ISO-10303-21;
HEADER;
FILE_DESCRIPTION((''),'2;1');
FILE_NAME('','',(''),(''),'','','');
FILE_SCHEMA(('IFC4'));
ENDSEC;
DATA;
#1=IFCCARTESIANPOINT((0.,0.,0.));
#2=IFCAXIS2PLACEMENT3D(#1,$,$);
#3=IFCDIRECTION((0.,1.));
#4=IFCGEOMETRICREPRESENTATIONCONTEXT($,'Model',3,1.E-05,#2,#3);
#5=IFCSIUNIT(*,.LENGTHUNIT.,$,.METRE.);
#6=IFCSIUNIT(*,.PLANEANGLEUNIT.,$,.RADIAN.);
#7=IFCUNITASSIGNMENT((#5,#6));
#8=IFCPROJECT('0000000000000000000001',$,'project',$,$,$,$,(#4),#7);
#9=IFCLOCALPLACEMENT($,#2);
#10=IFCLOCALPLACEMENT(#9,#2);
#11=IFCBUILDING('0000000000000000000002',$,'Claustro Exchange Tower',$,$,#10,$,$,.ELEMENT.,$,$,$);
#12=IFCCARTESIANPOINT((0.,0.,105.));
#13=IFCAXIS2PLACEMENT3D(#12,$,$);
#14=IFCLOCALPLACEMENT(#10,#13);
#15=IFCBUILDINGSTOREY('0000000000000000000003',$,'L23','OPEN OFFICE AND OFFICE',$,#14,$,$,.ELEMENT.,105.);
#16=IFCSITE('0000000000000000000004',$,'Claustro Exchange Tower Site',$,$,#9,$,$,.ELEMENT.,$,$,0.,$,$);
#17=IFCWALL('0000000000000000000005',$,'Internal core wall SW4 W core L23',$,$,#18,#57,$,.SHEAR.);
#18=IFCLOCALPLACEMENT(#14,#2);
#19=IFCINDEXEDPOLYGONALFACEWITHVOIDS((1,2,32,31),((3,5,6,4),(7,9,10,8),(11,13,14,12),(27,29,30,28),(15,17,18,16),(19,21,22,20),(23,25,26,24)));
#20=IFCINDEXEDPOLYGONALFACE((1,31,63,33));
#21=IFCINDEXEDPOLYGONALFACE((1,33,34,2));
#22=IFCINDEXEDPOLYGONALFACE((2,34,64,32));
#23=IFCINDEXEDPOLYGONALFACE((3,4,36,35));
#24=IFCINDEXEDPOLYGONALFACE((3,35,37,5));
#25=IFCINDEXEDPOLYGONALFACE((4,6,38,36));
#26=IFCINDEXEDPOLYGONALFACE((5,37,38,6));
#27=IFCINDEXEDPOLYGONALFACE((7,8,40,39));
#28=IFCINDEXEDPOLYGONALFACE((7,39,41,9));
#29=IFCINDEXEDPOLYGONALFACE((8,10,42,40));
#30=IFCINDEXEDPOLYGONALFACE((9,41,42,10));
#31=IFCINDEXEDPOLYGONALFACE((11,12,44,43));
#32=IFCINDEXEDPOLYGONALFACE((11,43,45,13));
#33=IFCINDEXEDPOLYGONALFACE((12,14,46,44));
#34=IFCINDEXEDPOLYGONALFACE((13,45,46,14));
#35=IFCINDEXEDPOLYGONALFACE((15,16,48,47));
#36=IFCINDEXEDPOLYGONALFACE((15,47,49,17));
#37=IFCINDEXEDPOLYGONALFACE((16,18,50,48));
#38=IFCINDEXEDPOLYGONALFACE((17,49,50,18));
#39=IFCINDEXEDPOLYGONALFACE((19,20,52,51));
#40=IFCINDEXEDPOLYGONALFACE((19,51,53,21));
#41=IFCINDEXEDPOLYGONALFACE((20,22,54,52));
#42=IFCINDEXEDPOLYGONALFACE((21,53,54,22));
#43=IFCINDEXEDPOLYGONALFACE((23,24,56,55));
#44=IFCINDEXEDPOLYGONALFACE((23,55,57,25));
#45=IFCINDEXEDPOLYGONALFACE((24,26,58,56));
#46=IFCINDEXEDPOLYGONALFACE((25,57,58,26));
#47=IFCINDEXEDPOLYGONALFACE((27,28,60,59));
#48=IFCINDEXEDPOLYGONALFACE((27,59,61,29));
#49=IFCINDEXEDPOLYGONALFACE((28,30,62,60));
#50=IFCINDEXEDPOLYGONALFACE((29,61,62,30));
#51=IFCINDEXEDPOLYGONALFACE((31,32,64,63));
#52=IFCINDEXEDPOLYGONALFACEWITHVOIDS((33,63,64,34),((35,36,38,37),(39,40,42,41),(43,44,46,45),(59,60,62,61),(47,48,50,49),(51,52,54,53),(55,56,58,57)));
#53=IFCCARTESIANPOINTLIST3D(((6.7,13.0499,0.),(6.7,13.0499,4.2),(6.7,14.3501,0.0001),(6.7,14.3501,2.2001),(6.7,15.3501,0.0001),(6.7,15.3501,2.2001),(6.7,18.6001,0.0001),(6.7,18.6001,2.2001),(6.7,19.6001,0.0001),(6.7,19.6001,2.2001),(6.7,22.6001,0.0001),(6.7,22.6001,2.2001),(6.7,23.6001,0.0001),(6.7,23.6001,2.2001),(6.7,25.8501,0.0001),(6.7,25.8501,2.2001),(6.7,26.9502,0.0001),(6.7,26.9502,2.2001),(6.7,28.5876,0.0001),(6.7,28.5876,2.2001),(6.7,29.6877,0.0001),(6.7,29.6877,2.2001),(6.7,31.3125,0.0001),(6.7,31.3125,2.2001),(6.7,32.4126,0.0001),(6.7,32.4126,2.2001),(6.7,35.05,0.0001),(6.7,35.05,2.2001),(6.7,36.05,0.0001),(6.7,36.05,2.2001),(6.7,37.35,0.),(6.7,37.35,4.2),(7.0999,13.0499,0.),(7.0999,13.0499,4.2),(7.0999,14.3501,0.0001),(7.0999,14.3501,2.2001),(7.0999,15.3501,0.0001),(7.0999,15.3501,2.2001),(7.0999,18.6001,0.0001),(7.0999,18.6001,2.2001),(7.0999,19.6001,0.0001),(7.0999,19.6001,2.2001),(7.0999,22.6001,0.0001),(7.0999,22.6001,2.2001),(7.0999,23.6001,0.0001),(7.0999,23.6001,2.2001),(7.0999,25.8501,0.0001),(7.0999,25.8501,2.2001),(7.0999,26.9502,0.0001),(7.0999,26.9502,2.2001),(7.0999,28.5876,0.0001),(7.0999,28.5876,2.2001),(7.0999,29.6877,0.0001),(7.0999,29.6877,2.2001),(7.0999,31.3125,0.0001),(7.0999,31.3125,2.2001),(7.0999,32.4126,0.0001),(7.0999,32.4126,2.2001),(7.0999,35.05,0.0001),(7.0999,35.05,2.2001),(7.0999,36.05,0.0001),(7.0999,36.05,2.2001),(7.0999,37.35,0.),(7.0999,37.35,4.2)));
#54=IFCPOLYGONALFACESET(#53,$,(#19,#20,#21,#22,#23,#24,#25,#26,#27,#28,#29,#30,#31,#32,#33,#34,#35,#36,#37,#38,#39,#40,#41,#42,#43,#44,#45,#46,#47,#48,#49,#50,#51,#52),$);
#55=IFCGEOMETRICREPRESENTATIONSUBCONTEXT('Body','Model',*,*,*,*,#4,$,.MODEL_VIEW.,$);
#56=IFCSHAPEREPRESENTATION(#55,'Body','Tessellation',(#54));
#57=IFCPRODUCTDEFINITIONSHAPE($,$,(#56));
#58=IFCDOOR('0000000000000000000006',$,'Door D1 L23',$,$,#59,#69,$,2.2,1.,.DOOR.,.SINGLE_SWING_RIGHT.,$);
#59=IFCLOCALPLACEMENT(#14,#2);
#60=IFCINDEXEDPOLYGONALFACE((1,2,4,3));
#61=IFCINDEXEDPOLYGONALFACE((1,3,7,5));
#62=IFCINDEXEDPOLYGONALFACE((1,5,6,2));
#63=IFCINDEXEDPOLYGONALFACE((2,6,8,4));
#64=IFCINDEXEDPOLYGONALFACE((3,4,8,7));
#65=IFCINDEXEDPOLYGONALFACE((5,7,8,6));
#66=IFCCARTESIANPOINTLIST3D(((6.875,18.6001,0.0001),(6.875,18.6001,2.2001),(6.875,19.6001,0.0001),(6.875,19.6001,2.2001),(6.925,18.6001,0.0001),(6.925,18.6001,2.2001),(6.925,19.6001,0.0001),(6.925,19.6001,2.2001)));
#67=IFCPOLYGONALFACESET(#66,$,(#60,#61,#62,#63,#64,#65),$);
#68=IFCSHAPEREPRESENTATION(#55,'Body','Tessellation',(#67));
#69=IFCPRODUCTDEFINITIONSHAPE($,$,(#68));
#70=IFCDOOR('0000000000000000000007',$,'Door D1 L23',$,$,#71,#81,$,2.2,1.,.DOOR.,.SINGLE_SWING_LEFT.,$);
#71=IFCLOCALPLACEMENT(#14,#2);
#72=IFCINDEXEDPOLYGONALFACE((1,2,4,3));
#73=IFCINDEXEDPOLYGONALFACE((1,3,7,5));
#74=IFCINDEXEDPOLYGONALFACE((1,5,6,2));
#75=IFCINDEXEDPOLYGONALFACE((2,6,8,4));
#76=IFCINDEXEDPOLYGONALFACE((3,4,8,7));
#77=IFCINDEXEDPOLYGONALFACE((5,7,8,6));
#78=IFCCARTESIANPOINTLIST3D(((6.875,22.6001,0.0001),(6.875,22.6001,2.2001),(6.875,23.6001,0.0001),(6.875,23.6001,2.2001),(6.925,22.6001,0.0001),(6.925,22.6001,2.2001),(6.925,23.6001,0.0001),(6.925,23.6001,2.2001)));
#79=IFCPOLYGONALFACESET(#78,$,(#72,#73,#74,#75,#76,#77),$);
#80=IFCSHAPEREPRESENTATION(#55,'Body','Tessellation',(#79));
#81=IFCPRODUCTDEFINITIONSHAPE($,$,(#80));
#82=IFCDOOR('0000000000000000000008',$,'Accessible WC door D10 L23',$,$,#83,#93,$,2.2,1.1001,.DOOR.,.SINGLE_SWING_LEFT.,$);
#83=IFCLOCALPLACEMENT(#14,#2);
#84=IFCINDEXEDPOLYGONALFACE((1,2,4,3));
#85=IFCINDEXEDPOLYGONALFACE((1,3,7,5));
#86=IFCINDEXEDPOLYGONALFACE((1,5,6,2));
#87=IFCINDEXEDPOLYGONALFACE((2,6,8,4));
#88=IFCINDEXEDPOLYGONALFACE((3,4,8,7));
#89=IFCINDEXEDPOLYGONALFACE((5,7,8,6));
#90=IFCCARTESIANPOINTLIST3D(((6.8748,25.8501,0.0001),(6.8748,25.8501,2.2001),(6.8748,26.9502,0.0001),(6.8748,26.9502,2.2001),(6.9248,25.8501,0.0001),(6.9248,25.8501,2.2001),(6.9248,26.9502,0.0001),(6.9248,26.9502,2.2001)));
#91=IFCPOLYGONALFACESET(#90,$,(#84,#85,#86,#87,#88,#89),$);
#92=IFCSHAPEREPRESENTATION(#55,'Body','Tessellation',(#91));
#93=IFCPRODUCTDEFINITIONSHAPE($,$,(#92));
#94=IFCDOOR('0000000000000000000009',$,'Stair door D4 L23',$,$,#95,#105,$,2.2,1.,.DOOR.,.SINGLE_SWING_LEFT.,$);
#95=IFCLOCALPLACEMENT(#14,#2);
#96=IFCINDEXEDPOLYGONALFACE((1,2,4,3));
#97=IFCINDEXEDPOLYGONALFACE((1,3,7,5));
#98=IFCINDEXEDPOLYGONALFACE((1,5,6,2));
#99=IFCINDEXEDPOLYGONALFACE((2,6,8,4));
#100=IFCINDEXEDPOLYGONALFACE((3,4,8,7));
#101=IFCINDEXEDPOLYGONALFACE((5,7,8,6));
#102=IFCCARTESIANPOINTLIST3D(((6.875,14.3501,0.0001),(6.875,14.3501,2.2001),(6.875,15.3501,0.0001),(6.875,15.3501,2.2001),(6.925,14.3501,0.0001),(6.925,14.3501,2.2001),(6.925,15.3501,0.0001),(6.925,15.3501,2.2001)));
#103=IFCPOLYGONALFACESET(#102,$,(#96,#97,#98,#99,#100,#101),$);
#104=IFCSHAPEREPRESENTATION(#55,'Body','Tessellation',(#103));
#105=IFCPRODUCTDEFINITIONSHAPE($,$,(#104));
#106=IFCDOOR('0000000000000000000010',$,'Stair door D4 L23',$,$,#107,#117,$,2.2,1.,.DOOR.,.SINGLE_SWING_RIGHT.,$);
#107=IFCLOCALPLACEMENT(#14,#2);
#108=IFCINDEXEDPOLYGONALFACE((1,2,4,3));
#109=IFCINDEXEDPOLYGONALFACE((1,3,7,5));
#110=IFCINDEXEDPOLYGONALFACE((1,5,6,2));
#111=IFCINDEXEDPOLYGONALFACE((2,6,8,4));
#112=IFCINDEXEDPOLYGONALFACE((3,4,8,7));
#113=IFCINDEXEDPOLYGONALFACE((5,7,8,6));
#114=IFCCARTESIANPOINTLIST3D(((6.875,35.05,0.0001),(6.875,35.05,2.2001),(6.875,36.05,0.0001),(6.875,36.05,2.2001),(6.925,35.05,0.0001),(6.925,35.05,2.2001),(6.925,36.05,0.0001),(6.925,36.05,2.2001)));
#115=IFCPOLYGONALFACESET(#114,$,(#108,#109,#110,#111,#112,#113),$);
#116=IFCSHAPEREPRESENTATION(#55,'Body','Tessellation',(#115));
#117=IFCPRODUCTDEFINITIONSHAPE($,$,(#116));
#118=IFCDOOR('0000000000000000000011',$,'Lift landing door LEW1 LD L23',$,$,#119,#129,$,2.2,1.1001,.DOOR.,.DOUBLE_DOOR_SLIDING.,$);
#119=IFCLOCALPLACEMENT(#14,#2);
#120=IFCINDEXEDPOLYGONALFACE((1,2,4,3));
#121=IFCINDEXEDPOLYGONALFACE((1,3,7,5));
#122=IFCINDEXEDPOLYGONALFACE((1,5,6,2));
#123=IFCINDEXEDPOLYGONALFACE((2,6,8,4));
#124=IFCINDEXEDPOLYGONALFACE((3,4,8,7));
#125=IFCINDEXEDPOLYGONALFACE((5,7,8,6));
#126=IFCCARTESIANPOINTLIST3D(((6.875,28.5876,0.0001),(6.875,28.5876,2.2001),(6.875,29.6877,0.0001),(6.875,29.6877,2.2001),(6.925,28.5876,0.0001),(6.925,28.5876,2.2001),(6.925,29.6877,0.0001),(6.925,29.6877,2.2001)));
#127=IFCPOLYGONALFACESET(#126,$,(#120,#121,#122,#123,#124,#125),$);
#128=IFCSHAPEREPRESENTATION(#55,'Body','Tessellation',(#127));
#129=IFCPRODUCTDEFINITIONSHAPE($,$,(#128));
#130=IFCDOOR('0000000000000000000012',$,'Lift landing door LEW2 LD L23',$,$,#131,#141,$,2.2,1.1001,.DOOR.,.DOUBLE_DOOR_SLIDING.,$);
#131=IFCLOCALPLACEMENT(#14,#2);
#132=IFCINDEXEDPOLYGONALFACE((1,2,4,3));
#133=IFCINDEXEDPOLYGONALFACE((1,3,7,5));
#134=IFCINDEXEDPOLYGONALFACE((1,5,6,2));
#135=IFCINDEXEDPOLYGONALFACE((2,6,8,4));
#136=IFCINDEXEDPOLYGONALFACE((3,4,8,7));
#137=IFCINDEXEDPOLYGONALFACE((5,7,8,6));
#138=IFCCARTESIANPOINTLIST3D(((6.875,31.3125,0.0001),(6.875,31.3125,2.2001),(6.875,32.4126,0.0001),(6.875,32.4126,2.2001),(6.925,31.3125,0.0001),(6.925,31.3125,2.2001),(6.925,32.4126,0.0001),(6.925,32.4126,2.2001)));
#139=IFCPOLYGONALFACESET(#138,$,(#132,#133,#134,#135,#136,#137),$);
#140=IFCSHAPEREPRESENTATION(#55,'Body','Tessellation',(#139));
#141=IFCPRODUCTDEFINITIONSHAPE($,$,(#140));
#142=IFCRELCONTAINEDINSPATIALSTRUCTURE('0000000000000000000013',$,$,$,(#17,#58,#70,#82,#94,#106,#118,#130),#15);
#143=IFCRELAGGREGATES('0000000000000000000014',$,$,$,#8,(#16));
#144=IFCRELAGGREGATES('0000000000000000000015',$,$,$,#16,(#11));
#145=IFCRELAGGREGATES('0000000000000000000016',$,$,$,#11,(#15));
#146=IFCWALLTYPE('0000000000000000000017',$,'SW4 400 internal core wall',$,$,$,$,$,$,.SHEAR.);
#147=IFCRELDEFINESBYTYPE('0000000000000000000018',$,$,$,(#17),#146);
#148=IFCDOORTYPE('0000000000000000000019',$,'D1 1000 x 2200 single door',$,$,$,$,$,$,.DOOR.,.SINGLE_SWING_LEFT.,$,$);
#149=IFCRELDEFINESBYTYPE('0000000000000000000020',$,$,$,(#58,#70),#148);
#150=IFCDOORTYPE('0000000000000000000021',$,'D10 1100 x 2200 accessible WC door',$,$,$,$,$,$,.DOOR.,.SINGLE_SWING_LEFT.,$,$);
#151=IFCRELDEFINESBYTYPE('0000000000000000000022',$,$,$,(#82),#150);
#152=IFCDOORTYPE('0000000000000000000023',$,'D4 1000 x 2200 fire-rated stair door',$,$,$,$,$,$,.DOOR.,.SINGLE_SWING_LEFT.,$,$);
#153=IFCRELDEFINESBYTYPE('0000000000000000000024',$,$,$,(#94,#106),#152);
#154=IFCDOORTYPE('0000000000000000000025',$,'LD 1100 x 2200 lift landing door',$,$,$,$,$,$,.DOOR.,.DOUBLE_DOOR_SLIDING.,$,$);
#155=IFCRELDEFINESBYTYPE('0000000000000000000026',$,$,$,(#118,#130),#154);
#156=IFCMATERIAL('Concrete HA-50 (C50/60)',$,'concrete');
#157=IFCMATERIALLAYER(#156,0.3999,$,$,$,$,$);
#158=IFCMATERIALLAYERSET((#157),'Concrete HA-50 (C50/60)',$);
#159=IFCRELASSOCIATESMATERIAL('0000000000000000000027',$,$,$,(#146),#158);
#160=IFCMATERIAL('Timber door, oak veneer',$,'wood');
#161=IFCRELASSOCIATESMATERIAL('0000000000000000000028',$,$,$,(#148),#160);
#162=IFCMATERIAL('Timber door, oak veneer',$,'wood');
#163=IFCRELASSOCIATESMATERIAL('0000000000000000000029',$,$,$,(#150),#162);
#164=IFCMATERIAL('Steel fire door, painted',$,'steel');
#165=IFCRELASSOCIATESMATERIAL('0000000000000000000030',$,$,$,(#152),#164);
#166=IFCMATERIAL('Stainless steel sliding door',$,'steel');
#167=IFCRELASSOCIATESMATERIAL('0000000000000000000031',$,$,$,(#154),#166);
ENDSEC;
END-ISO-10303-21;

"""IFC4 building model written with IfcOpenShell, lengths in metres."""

from ifc_helpers import new_model, si_unit, direction, frame, frame_2d, origin, place, context, subcontext, project, spatial, rectangle, extrude, material, layer, layer_set, type_object, element, fill, save


model = new_model("IFC4")

# Units and contexts
model_context = context("Model", 3, precision=1e-05, world=origin(), true_north=direction((0.0, 1.0)))
body_context = subcontext(model_context, "Body", "Model", "MODEL_VIEW")
ifc_project = project(units=[si_unit("LENGTHUNIT", "METRE"), si_unit("PLANEANGLEUNIT", "RADIAN")], contexts=[model_context])

# Site, building, storey
site_placement = place(None, origin())
site = spatial("IfcSite", under=ifc_project, at=site_placement, Name="Claustro Exchange Tower Site", CompositionType="ELEMENT", RefElevation=0.0)
building_placement = place(site_placement, origin())
building = spatial("IfcBuilding", under=site, at=building_placement, Name="Claustro Exchange Tower", CompositionType="ELEMENT")
storey_placement = place(building_placement, frame((0.0, 0.0, 105.0)))
storey = spatial("IfcBuildingStorey", under=building, at=storey_placement, Name="L23", Description="OPEN OFFICE AND OFFICE", CompositionType="ELEMENT", Elevation=105.0)

# Wall, openings, doors
ifc_material_1 = material(Name="Concrete HA-50 (C50/60)", Category="concrete")
ifc_layer_1 = layer(ifc_material_1, 0.3999)
ifc_layer_set_1 = layer_set([ifc_layer_1], Name="Concrete HA-50 (C50/60)")
wall_type_1 = type_object("IfcWallType", Name="SW4 400 internal core wall", PredefinedType="SHEAR", material=ifc_layer_set_1)
wall_1_placement = place(storey_placement, frame((6.8999, 13.05, 0.0), z_axis=(0.0, 0.0, 1.0), x_axis=(0.0, 1.0, 0.0)))
wall_1 = element("IfcWall", 1, at=wall_1_placement, inside=storey, type_object=wall_type_1, Name="Internal core wall SW4 W core L23", PredefinedType="SHEAR", context=body_context, shape_type="SweptSolid", body=[
    extrude(rectangle(XDim=24.3, YDim=0.3999, at=frame_2d((12.1499, 0.0))), origin(), (0.0, 0.0, 1.0), 4.2),
])
opening_1_placement = place(wall_1_placement, frame((1.3, 0.0, 0.0)))
opening_1 = element("IfcOpeningElement", 2, at=opening_1_placement, cuts=wall_1, PredefinedType="OPENING", context=body_context, shape_type="SweptSolid", body=[
    extrude(rectangle(XDim=1.0, YDim=2.2, at=frame_2d((0.5, 1.1001))), frame((0.0, 0.21, 0.0), z_axis=(0.0, -1.0, 0.0), x_axis=(1.0, 0.0, 0.0)), (0.0, 0.0, 1.0), 0.4199),
])
opening_2_placement = place(wall_1_placement, frame((22.0, 0.0, 0.0)))
opening_2 = element("IfcOpeningElement", 3, at=opening_2_placement, cuts=wall_1, PredefinedType="OPENING", context=body_context, shape_type="SweptSolid", body=[
    extrude(rectangle(XDim=1.0, YDim=2.2, at=frame_2d((0.5, 1.1001))), frame((0.0, 0.21, 0.0), z_axis=(0.0, -1.0, 0.0), x_axis=(1.0, 0.0, 0.0)), (0.0, 0.0, 1.0), 0.4199),
])
opening_3_placement = place(wall_1_placement, frame((5.55, 0.0, 0.0)))
opening_3 = element("IfcOpeningElement", 4, at=opening_3_placement, cuts=wall_1, PredefinedType="OPENING", context=body_context, shape_type="SweptSolid", body=[
    extrude(rectangle(XDim=1.0, YDim=2.2, at=frame_2d((0.5, 1.1001))), frame((0.0, 0.21, 0.0), z_axis=(0.0, -1.0, 0.0), x_axis=(1.0, 0.0, 0.0)), (0.0, 0.0, 1.0), 0.4199),
])
opening_4_placement = place(wall_1_placement, frame((9.55, 0.0, 0.0)))
opening_4 = element("IfcOpeningElement", 5, at=opening_4_placement, cuts=wall_1, PredefinedType="OPENING", context=body_context, shape_type="SweptSolid", body=[
    extrude(rectangle(XDim=1.0, YDim=2.2, at=frame_2d((0.5, 1.1001))), frame((0.0, 0.21, 0.0), z_axis=(0.0, -1.0, 0.0), x_axis=(1.0, 0.0, 0.0)), (0.0, 0.0, 1.0), 0.4199),
])
opening_5_placement = place(wall_1_placement, frame((12.8, 0.0, 0.0)))
opening_5 = element("IfcOpeningElement", 6, at=opening_5_placement, cuts=wall_1, PredefinedType="OPENING", context=body_context, shape_type="SweptSolid", body=[
    extrude(rectangle(XDim=1.1001, YDim=2.2, at=frame_2d((0.55, 1.1001))), frame((0.0, 0.21, 0.0), z_axis=(0.0, -1.0, 0.0), x_axis=(1.0, 0.0, 0.0)), (0.0, 0.0, 1.0), 0.4199),
])
opening_6_placement = place(wall_1_placement, frame((15.5376, 0.0, 0.0)))
opening_6 = element("IfcOpeningElement", 7, at=opening_6_placement, cuts=wall_1, PredefinedType="OPENING", context=body_context, shape_type="SweptSolid", body=[
    extrude(rectangle(XDim=1.1001, YDim=2.2, at=frame_2d((0.55, 1.1001))), frame((0.0, 0.21, 0.0), z_axis=(0.0, -1.0, 0.0), x_axis=(1.0, 0.0, 0.0)), (0.0, 0.0, 1.0), 0.4199),
])
opening_7_placement = place(wall_1_placement, frame((18.2625, 0.0, 0.0)))
opening_7 = element("IfcOpeningElement", 8, at=opening_7_placement, cuts=wall_1, PredefinedType="OPENING", context=body_context, shape_type="SweptSolid", body=[
    extrude(rectangle(XDim=1.1001, YDim=2.2, at=frame_2d((0.55, 1.1001))), frame((0.0, 0.21, 0.0), z_axis=(0.0, -1.0, 0.0), x_axis=(1.0, 0.0, 0.0)), (0.0, 0.0, 1.0), 0.4199),
])
ifc_material_2 = material(Name="Timber door, oak veneer", Category="wood")
door_type_1 = type_object("IfcDoorType", Name="D1 1000 x 2200 single door", OperationType="SINGLE_SWING_LEFT", PredefinedType="DOOR", material=ifc_material_2)
door_1_placement = place(opening_3_placement, origin())
door_1 = element("IfcDoor", 9, at=door_1_placement, inside=storey, type_object=door_type_1, Name="Door D1 L23", OperationType="SINGLE_SWING_RIGHT", OverallHeight=2.2, OverallWidth=1.0, PredefinedType="DOOR", context=body_context, shape_type="SweptSolid", body=[
    extrude(rectangle(XDim=1.0, YDim=2.2, at=frame_2d((0.5, 1.1001))), frame((0.0, 0.0249, 0.0), z_axis=(0.0, -1.0, 0.0), x_axis=(1.0, 0.0, 0.0)), (0.0, 0.0, 1.0), 0.05),
])
fill(opening_3, door_1)
door_2_placement = place(opening_4_placement, origin())
door_2 = element("IfcDoor", 10, at=door_2_placement, inside=storey, type_object=door_type_1, Name="Door D1 L23", OperationType="SINGLE_SWING_LEFT", OverallHeight=2.2, OverallWidth=1.0, PredefinedType="DOOR", context=body_context, shape_type="SweptSolid", body=[
    extrude(rectangle(XDim=1.0, YDim=2.2, at=frame_2d((0.5, 1.1001))), frame((0.0, 0.0249, 0.0), z_axis=(0.0, -1.0, 0.0), x_axis=(1.0, 0.0, 0.0)), (0.0, 0.0, 1.0), 0.05),
])
fill(opening_4, door_2)
ifc_material_3 = material(Name="Timber door, oak veneer", Category="wood")
door_type_2 = type_object("IfcDoorType", Name="D10 1100 x 2200 accessible WC door", OperationType="SINGLE_SWING_LEFT", PredefinedType="DOOR", material=ifc_material_3)
door_3_placement = place(opening_5_placement, frame((1.1001, 0.0, 0.0), z_axis=(0.0, 0.0, 1.0), x_axis=(-1.0, 0.0, 0.0)))
door_3 = element("IfcDoor", 11, at=door_3_placement, inside=storey, type_object=door_type_2, Name="Accessible WC door D10 L23", OperationType="SINGLE_SWING_LEFT", OverallHeight=2.2, OverallWidth=1.1001, PredefinedType="DOOR", context=body_context, shape_type="SweptSolid", body=[
    extrude(rectangle(XDim=1.1001, YDim=2.2, at=frame_2d((0.55, 1.1001))), frame((0.0, 0.0249, 0.0), z_axis=(0.0, -1.0, 0.0), x_axis=(1.0, 0.0, 0.0)), (0.0, 0.0, 1.0), 0.05),
])
fill(opening_5, door_3)
ifc_material_4 = material(Name="Steel fire door, painted", Category="steel")
door_type_3 = type_object("IfcDoorType", Name="D4 1000 x 2200 fire-rated stair door", OperationType="SINGLE_SWING_LEFT", PredefinedType="DOOR", material=ifc_material_4)
door_4_placement = place(opening_1_placement, origin())
door_4 = element("IfcDoor", 12, at=door_4_placement, inside=storey, type_object=door_type_3, Name="Stair door D4 L23", OperationType="SINGLE_SWING_LEFT", OverallHeight=2.2, OverallWidth=1.0, PredefinedType="DOOR", context=body_context, shape_type="SweptSolid", body=[
    extrude(rectangle(XDim=1.0, YDim=2.2, at=frame_2d((0.5, 1.1001))), frame((0.0, 0.0249, 0.0), z_axis=(0.0, -1.0, 0.0), x_axis=(1.0, 0.0, 0.0)), (0.0, 0.0, 1.0), 0.05),
])
fill(opening_1, door_4)
door_5_placement = place(opening_2_placement, origin())
door_5 = element("IfcDoor", 13, at=door_5_placement, inside=storey, type_object=door_type_3, Name="Stair door D4 L23", OperationType="SINGLE_SWING_RIGHT", OverallHeight=2.2, OverallWidth=1.0, PredefinedType="DOOR", context=body_context, shape_type="SweptSolid", body=[
    extrude(rectangle(XDim=1.0, YDim=2.2, at=frame_2d((0.5, 1.1001))), frame((0.0, 0.0249, 0.0), z_axis=(0.0, -1.0, 0.0), x_axis=(1.0, 0.0, 0.0)), (0.0, 0.0, 1.0), 0.05),
])
fill(opening_2, door_5)
ifc_material_5 = material(Name="Stainless steel sliding door", Category="steel")
door_type_4 = type_object("IfcDoorType", Name="LD 1100 x 2200 lift landing door", OperationType="DOUBLE_DOOR_SLIDING", PredefinedType="DOOR", material=ifc_material_5)
door_6_placement = place(opening_6_placement, origin())
door_6 = element("IfcDoor", 14, at=door_6_placement, inside=storey, type_object=door_type_4, Name="Lift landing door LEW1 LD L23", OperationType="DOUBLE_DOOR_SLIDING", OverallHeight=2.2, OverallWidth=1.1001, PredefinedType="DOOR", context=body_context, shape_type="SweptSolid", body=[
    extrude(rectangle(XDim=1.1001, YDim=2.2, at=frame_2d((0.55, 1.1001))), frame((0.0, 0.0249, 0.0), z_axis=(0.0, -1.0, 0.0), x_axis=(1.0, 0.0, 0.0)), (0.0, 0.0, 1.0), 0.05),
])
fill(opening_6, door_6)
door_7_placement = place(opening_7_placement, origin())
door_7 = element("IfcDoor", 15, at=door_7_placement, inside=storey, type_object=door_type_4, Name="Lift landing door LEW2 LD L23", OperationType="DOUBLE_DOOR_SLIDING", OverallHeight=2.2, OverallWidth=1.1001, PredefinedType="DOOR", context=body_context, shape_type="SweptSolid", body=[
    extrude(rectangle(XDim=1.1001, YDim=2.2, at=frame_2d((0.55, 1.1001))), frame((0.0, 0.0249, 0.0), z_axis=(0.0, -1.0, 0.0), x_axis=(1.0, 0.0, 0.0)), (0.0, 0.0, 1.0), 0.05),
])
fill(opening_7, door_7)

save(model, "model.ifc")
